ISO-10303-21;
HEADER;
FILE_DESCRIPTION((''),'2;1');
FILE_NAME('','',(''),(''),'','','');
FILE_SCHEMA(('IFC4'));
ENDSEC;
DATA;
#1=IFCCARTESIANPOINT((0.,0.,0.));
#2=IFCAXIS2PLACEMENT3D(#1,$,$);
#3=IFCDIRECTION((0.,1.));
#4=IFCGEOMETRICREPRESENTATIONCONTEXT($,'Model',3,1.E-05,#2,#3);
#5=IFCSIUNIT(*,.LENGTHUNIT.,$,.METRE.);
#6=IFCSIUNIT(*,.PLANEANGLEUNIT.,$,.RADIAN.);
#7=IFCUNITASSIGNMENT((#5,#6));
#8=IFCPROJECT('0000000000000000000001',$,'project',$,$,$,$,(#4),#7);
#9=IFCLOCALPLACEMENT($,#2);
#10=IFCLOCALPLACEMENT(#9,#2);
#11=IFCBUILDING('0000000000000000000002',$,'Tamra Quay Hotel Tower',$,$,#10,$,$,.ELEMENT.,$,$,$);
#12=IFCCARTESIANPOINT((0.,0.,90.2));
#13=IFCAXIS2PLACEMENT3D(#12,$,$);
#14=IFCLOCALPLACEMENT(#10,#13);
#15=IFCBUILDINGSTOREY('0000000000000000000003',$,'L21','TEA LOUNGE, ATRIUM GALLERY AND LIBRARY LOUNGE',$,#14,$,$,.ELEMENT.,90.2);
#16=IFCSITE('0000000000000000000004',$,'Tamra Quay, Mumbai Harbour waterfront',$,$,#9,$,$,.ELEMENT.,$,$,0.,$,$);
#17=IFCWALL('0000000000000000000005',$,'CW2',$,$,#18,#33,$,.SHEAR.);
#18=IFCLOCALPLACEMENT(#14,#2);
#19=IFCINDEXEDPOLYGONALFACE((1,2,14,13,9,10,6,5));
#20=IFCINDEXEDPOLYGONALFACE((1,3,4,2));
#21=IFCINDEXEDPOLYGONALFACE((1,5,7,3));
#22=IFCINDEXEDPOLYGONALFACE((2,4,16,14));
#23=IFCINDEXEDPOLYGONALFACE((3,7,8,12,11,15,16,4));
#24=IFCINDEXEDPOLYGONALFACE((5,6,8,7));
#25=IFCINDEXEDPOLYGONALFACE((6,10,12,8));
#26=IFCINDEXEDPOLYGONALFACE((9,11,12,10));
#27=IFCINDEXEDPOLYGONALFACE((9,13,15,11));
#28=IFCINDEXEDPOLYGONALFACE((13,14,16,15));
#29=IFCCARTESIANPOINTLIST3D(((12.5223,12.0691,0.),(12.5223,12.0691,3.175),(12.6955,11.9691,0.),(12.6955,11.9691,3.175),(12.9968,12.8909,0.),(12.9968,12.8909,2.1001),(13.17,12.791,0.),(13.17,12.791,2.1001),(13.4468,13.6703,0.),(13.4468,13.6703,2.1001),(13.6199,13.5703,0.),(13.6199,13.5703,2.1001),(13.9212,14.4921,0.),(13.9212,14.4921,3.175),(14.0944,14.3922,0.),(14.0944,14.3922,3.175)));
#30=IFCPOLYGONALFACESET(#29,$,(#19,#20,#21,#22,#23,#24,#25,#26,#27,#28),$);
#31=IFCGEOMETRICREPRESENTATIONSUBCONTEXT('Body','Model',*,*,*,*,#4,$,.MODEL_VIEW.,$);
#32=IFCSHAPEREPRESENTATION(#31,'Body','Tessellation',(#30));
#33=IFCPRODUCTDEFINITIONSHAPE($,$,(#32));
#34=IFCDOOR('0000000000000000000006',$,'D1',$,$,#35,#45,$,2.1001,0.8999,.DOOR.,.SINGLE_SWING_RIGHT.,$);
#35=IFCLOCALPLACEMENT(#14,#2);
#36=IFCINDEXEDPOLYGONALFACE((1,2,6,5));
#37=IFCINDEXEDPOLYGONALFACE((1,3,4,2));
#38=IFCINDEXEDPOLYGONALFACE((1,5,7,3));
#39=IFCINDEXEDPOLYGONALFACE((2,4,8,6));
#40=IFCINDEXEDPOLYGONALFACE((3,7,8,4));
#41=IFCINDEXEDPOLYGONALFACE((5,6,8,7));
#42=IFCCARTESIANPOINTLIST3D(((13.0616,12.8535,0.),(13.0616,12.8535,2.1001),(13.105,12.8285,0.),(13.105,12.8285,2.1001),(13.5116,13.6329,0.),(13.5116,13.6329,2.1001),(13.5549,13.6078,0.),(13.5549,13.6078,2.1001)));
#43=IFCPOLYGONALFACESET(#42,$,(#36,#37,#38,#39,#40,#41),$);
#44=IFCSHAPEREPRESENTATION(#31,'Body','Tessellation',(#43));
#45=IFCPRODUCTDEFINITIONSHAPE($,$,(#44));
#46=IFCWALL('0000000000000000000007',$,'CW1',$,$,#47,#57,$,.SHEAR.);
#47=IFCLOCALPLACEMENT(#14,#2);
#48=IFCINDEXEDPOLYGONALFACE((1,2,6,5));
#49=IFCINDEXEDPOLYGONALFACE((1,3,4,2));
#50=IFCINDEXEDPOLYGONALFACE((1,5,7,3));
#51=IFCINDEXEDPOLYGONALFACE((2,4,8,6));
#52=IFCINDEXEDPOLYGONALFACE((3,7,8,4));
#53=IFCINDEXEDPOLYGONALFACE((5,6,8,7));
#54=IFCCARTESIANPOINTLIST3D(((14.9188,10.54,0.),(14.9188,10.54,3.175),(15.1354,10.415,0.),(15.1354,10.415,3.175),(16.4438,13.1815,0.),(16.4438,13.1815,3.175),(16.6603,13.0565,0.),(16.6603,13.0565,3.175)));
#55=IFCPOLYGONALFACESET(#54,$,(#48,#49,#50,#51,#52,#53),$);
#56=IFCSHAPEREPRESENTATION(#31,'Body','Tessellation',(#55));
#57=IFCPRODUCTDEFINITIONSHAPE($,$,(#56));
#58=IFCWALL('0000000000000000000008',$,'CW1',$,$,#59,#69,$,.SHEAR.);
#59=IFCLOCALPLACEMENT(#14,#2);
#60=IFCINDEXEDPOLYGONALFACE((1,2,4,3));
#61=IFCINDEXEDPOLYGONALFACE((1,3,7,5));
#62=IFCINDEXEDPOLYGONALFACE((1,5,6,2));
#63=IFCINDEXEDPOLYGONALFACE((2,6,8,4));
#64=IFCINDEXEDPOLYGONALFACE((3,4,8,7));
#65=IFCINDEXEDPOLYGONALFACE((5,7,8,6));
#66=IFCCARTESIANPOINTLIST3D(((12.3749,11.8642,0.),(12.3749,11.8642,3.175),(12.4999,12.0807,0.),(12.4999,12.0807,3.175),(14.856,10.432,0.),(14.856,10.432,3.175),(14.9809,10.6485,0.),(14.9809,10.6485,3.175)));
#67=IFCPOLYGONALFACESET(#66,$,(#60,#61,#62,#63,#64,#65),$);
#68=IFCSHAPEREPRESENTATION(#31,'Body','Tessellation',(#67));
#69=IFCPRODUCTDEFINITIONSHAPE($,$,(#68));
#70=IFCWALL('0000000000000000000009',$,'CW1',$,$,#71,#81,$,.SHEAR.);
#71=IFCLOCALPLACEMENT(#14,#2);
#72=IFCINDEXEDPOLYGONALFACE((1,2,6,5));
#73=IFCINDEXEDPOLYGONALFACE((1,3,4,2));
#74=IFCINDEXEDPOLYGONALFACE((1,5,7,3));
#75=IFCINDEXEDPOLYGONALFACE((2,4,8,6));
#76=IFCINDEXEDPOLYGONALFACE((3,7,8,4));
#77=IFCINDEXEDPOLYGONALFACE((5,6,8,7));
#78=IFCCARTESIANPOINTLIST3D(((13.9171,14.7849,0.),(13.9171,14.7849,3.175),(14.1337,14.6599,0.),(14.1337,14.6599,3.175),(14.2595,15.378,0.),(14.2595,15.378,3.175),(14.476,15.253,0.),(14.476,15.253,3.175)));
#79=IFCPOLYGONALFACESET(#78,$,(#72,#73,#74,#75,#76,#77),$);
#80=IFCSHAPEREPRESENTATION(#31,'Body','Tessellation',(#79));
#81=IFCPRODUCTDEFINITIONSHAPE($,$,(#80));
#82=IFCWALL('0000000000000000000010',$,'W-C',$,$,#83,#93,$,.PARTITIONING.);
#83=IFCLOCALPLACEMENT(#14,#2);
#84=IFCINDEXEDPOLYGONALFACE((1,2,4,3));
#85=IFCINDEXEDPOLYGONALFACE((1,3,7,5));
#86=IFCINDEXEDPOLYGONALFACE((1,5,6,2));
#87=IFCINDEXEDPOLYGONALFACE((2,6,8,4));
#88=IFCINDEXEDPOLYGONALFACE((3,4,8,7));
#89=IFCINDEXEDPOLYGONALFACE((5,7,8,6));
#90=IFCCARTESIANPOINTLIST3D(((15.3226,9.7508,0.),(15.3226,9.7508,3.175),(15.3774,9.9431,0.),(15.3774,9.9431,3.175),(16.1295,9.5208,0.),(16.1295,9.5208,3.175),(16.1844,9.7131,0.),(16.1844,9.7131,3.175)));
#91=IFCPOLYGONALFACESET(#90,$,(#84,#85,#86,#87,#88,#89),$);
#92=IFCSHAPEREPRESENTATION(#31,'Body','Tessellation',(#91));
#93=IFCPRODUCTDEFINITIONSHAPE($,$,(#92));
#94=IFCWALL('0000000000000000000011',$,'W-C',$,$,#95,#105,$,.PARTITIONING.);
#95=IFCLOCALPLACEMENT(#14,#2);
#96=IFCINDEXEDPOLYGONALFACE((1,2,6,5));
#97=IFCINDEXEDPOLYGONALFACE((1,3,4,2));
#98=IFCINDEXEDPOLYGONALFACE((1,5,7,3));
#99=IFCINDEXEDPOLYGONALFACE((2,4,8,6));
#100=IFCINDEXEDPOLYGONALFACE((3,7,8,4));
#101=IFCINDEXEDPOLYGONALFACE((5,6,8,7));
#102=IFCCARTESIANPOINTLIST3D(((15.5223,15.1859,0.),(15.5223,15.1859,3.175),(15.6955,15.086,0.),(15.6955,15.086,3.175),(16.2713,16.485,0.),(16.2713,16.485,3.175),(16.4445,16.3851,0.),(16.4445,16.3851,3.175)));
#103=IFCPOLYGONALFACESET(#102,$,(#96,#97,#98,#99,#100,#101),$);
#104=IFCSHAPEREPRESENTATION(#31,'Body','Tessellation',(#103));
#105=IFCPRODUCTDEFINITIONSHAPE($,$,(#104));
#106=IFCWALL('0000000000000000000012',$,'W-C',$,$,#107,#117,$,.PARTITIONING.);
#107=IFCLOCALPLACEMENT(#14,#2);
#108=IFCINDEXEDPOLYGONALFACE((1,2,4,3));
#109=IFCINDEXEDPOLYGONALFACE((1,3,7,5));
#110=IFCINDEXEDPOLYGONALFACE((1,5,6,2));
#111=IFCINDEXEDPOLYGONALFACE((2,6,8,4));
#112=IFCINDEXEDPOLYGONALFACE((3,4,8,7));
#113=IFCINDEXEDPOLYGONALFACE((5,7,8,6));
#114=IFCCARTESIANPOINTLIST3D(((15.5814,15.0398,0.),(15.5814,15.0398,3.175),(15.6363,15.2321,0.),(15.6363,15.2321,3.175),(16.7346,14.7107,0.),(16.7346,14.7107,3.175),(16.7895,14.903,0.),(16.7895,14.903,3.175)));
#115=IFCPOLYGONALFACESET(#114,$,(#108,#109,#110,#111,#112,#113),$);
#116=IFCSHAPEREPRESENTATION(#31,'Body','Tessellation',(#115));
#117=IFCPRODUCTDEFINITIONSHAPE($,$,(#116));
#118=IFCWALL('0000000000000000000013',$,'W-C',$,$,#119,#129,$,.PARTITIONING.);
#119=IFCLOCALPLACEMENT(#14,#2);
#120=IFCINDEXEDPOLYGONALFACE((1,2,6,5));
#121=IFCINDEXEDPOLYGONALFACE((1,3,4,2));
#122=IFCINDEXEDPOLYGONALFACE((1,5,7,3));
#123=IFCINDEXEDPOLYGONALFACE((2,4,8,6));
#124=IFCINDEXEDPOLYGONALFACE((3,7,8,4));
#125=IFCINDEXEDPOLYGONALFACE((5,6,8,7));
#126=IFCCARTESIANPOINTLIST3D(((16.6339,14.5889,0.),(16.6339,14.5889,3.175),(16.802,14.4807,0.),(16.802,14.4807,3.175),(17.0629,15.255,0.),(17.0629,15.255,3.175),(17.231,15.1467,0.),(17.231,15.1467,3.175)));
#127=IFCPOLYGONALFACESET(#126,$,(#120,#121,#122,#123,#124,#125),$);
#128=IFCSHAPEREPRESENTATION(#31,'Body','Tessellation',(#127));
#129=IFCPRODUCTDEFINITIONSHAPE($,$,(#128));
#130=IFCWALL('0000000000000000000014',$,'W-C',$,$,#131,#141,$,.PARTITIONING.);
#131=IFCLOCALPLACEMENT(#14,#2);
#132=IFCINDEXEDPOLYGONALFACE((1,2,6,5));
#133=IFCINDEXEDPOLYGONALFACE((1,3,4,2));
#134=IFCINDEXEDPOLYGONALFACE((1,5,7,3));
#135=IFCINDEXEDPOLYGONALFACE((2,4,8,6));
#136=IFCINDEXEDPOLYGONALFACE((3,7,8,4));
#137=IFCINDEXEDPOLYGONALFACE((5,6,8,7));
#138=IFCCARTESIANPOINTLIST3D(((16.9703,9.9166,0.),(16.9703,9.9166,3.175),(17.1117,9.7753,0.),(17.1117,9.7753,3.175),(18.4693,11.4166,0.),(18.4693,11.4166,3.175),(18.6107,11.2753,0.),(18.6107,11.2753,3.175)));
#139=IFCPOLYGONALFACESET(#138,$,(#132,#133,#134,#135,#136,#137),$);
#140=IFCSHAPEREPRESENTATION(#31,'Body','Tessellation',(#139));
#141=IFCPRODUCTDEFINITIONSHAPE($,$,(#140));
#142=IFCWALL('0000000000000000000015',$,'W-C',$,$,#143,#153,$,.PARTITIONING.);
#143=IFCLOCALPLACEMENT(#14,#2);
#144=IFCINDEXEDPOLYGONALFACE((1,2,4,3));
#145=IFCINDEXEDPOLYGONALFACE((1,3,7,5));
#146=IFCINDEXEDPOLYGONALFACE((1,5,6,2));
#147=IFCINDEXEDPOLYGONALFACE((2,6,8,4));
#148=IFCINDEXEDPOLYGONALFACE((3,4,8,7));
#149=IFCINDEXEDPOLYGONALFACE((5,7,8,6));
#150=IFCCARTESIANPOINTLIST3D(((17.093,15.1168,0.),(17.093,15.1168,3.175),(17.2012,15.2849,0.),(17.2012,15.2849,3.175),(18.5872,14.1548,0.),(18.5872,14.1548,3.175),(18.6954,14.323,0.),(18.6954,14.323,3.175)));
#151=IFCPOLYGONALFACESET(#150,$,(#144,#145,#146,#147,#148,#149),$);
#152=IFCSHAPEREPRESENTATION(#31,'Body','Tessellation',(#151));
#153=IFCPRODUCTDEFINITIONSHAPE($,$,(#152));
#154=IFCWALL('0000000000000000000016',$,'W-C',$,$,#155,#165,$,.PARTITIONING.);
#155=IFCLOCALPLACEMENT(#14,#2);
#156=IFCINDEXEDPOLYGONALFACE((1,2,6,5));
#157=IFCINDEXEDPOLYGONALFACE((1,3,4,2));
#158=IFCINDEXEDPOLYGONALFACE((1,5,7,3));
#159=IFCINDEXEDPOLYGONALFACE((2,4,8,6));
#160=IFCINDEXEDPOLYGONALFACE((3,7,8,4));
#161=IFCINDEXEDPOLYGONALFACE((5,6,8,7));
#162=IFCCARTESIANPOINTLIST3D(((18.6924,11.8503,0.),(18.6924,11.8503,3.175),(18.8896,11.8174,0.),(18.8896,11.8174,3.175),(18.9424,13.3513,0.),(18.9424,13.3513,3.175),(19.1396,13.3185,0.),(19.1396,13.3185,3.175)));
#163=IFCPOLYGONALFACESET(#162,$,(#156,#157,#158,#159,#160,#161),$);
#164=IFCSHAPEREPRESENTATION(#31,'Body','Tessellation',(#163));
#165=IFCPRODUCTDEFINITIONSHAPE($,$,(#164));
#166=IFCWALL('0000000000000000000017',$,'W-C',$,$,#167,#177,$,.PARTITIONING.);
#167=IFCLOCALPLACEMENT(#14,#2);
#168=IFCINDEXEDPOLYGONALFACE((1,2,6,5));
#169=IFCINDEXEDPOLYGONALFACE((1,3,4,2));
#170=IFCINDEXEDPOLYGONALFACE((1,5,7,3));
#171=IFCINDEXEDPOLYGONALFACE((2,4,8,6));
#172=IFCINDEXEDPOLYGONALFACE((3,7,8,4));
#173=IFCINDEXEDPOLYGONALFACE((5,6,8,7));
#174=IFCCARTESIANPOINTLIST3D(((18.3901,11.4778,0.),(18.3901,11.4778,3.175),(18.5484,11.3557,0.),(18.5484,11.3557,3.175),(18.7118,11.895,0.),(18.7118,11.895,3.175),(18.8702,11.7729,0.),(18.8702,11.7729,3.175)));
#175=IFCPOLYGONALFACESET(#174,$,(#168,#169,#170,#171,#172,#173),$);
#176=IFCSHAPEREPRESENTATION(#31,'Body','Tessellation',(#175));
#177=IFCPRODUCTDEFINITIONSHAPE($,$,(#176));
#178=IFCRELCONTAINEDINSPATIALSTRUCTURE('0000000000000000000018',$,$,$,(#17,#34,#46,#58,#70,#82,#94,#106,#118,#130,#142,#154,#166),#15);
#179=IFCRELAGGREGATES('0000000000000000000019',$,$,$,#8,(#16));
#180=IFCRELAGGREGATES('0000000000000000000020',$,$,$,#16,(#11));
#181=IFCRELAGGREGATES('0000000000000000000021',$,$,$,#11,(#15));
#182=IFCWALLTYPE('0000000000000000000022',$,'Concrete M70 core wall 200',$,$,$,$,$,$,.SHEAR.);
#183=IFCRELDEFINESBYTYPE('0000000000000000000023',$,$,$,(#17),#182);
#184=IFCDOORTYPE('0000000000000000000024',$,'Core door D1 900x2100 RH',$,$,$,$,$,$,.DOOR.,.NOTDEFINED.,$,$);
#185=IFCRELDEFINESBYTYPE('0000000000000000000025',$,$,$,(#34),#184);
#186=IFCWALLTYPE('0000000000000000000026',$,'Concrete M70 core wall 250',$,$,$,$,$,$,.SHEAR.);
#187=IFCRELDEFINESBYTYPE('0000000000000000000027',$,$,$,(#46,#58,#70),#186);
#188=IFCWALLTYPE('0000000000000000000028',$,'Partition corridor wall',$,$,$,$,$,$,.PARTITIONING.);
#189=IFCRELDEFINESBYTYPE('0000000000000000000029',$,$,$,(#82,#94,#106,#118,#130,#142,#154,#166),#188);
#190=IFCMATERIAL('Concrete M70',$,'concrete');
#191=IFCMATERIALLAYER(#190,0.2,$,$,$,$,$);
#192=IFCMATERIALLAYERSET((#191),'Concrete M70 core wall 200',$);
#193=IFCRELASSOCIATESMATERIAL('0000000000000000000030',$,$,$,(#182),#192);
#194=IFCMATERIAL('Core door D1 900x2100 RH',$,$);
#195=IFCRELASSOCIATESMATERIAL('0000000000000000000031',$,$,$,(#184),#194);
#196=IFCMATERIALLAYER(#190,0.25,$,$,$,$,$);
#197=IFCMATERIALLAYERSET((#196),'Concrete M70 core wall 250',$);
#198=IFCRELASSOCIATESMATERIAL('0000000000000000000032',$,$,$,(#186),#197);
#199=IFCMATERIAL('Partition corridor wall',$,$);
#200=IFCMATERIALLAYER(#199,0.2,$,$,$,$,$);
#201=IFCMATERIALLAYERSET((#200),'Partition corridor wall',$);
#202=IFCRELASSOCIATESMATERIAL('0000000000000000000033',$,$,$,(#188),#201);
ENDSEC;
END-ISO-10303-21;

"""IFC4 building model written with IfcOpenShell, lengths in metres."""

from ifc_helpers import new_model, si_unit, direction, frame, frame_2d, origin, place, context, subcontext, project, spatial, rectangle, extrude, material, layer, layer_set, type_object, element, fill, save


model = new_model("IFC4")

# Units and contexts
model_context = context("Model", 3, precision=1e-05, world=origin(), true_north=direction((0.0, 1.0)))
body_context = subcontext(model_context, "Body", "Model", "MODEL_VIEW")
ifc_project = project(units=[si_unit("LENGTHUNIT", "METRE"), si_unit("PLANEANGLEUNIT", "RADIAN")], contexts=[model_context])

# Site, building, storey
site_placement = place(None, origin())
site = spatial("IfcSite", under=ifc_project, at=site_placement, Name="Tamra Quay, Mumbai Harbour waterfront", CompositionType="ELEMENT", RefElevation=0.0)
building_placement = place(site_placement, origin())
building = spatial("IfcBuilding", under=site, at=building_placement, Name="Tamra Quay Hotel Tower", CompositionType="ELEMENT")
storey_placement = place(building_placement, frame((0.0, 0.0, 90.2)))
storey = spatial("IfcBuildingStorey", under=building, at=storey_placement, Name="L21", Description="TEA LOUNGE, ATRIUM GALLERY AND LIBRARY LOUNGE", CompositionType="ELEMENT", Elevation=90.2)

# Shared definitions
ifc_material_1 = material(Name="Concrete M70", Category="concrete")

# Wall, opening, door
ifc_layer_1 = layer(ifc_material_1, 0.2)
ifc_layer_set_1 = layer_set([ifc_layer_1], Name="Concrete M70 core wall 200")
wall_type_1 = type_object("IfcWallType", Name="Concrete M70 core wall 200", PredefinedType="SHEAR", material=ifc_layer_set_1)
wall_1_placement = place(storey_placement, frame((14.0078, 14.4421, 0.0), z_axis=(0.0, 0.0, 1.0), x_axis=(-0.499987, -0.866033, 0.0)))
wall_1 = element("IfcWall", 1, at=wall_1_placement, inside=storey, type_object=wall_type_1, Name="CW2", PredefinedType="SHEAR", context=body_context, shape_type="SweptSolid", body=[
    extrude(rectangle(XDim=2.7979, YDim=0.2, at=frame_2d((1.3989, 0.0))), origin(), (0.0, 0.0, 1.0), 3.175),
])
opening_placement = place(wall_1_placement, frame((0.949, 0.0, 0.0)))
opening = element("IfcOpeningElement", 2, at=opening_placement, cuts=wall_1, PredefinedType="OPENING", context=body_context, shape_type="SweptSolid", body=[
    extrude(rectangle(XDim=0.8999, YDim=2.1001, at=frame_2d((0.45, 1.05))), frame((0.0, 0.1099, 0.0), z_axis=(0.0, -1.0, 0.0), x_axis=(1.0, 0.0, 0.0)), (0.0, 0.0, 1.0), 0.22),
])
ifc_material_2 = material(Name="Core door D1 900x2100 RH")
door_type = type_object("IfcDoorType", Name="Core door D1 900x2100 RH", OperationType="NOTDEFINED", PredefinedType="DOOR", material=ifc_material_2)
door_placement = place(opening_placement, origin())
door = element("IfcDoor", 3, at=door_placement, inside=storey, type_object=door_type, Name="D1", OperationType="SINGLE_SWING_RIGHT", OverallHeight=2.1001, OverallWidth=0.8999, PredefinedType="DOOR", context=body_context, shape_type="SweptSolid", body=[
    extrude(rectangle(XDim=0.8999, YDim=2.1001, at=frame_2d((0.45, 1.05))), frame((0.0, 0.0249, 0.0), z_axis=(0.0, -1.0, 0.0), x_axis=(1.0, 0.0, 0.0)), (0.0, 0.0, 1.0), 0.05),
])
fill(opening, door)

# Walls
ifc_layer_2 = layer(ifc_material_1, 0.25)
ifc_layer_set_2 = layer_set([ifc_layer_2], Name="Concrete M70 core wall 250")
wall_type_2 = type_object("IfcWallType", Name="Concrete M70 core wall 250", PredefinedType="SHEAR", material=ifc_layer_set_2)
wall_2_placement = place(storey_placement, frame((16.552, 13.1189, 0.0), z_axis=(0.0, 0.0, 1.0), x_axis=(-0.499979, -0.866038, 0.0)))
element("IfcWall", 4, at=wall_2_placement, inside=storey, type_object=wall_type_2, Name="CW1", PredefinedType="SHEAR", context=body_context, shape_type="SweptSolid", body=[
    extrude(rectangle(XDim=3.05, YDim=0.25, at=frame_2d((1.5249, 0.0))), origin(), (0.0, 0.0, 1.0), 3.175),
])
wall_3_placement = place(storey_placement, frame((14.9185, 10.5403, 0.0), z_axis=(0.0, 0.0, 1.0), x_axis=(-0.866064, 0.499934, 0.0)))
element("IfcWall", 5, at=wall_3_placement, inside=storey, type_object=wall_type_2, Name="CW1", PredefinedType="SHEAR", context=body_context, shape_type="SweptSolid", body=[
    extrude(rectangle(XDim=2.8647, YDim=0.25, at=frame_2d((1.4324, 0.0))), origin(), (0.0, 0.0, 1.0), 3.175),
])
wall_4_placement = place(storey_placement, frame((14.3677, 15.3154, 0.0), z_axis=(0.0, 0.0, 1.0), x_axis=(-0.499897, -0.866085, 0.0)))
element("IfcWall", 6, at=wall_4_placement, inside=storey, type_object=wall_type_2, Name="CW1", PredefinedType="SHEAR", context=body_context, shape_type="SweptSolid", body=[
    extrude(rectangle(XDim=0.6848, YDim=0.25, at=frame_2d((0.3423, 0.0))), origin(), (0.0, 0.0, 1.0), 3.175),
])
ifc_material_3 = material(Name="Partition corridor wall")
ifc_layer_3 = layer(ifc_material_3, 0.2)
ifc_layer_set_3 = layer_set([ifc_layer_3], Name="Partition corridor wall")
wall_type_3 = type_object("IfcWallType", Name="Partition corridor wall", PredefinedType="PARTITIONING", material=ifc_layer_set_3)
wall_5_placement = place(storey_placement, frame((15.3501, 9.8469, 0.0), z_axis=(0.0, 0.0, 1.0), x_axis=(0.961699, -0.274106, 0.0)))
element("IfcWall", 7, at=wall_5_placement, inside=storey, type_object=wall_type_3, Name="W-C", PredefinedType="PARTITIONING", context=body_context, shape_type="SweptSolid", body=[
    extrude(rectangle(XDim=0.8391, YDim=0.2, at=frame_2d((0.4194, 0.0))), origin(), (0.0, 0.0, 1.0), 3.175),
])
wall_6_placement = place(storey_placement, frame((15.6089, 15.136, 0.0), z_axis=(0.0, 0.0, 1.0), x_axis=(0.499502, 0.866313, 0.0)))
element("IfcWall", 8, at=wall_6_placement, inside=storey, type_object=wall_type_3, Name="W-C", PredefinedType="PARTITIONING", context=body_context, shape_type="SweptSolid", body=[
    extrude(rectangle(XDim=1.4995, YDim=0.2, at=frame_2d((0.7498, 0.0))), origin(), (0.0, 0.0, 1.0), 3.175),
])
wall_7_placement = place(storey_placement, frame((15.6089, 15.136, 0.0), z_axis=(0.0, 0.0, 1.0), x_axis=(0.961601, -0.274452, 0.0)))
element("IfcWall", 9, at=wall_7_placement, inside=storey, type_object=wall_type_3, Name="W-C", PredefinedType="PARTITIONING", context=body_context, shape_type="SweptSolid", body=[
    extrude(rectangle(XDim=1.1992, YDim=0.2, at=frame_2d((0.5996, 0.0))), origin(), (0.0, 0.0, 1.0), 3.175),
])
wall_8_placement = place(storey_placement, frame((16.718, 14.5349, 0.0), z_axis=(0.0, 0.0, 1.0), x_axis=(0.541474, 0.840718, 0.0)))
element("IfcWall", 10, at=wall_8_placement, inside=storey, type_object=wall_type_3, Name="W-C", PredefinedType="PARTITIONING", context=body_context, shape_type="SweptSolid", body=[
    extrude(rectangle(XDim=0.7922, YDim=0.2, at=frame_2d((0.396, 0.0))), origin(), (0.0, 0.0, 1.0), 3.175),
])
wall_9_placement = place(storey_placement, frame((17.041, 9.8459, 0.0), z_axis=(0.0, 0.0, 1.0), x_axis=(0.706876, 0.707337, 0.0)))
element("IfcWall", 11, at=wall_9_placement, inside=storey, type_object=wall_type_3, Name="W-C", PredefinedType="PARTITIONING", context=body_context, shape_type="SweptSolid", body=[
    extrude(rectangle(XDim=2.1206, YDim=0.2, at=frame_2d((1.0603, 0.0))), origin(), (0.0, 0.0, 1.0), 3.175),
])
wall_10_placement = place(storey_placement, frame((17.147, 15.2009, 0.0), z_axis=(0.0, 0.0, 1.0), x_axis=(0.840821, -0.541313, 0.0)))
element("IfcWall", 12, at=wall_10_placement, inside=storey, type_object=wall_type_3, Name="W-C", PredefinedType="PARTITIONING", context=body_context, shape_type="SweptSolid", body=[
    extrude(rectangle(XDim=1.7771, YDim=0.2, at=frame_2d((0.8887, 0.0))), origin(), (0.0, 0.0, 1.0), 3.175),
])
wall_11_placement = place(storey_placement, frame((18.791, 11.834, 0.0), z_axis=(0.0, 0.0, 1.0), x_axis=(0.164295, 0.986411, 0.0)))
element("IfcWall", 13, at=wall_11_placement, inside=storey, type_object=wall_type_3, Name="W-C", PredefinedType="PARTITIONING", context=body_context, shape_type="SweptSolid", body=[
    extrude(rectangle(XDim=1.5217, YDim=0.2, at=frame_2d((0.7607, 0.0))), origin(), (0.0, 0.0, 1.0), 3.175),
])
wall_12_placement = place(storey_placement, frame((18.791, 11.834, 0.0), z_axis=(0.0, 0.0, 1.0), x_axis=(-0.610696, -0.791865, 0.0)))
element("IfcWall", 14, at=wall_12_placement, inside=storey, type_object=wall_type_3, Name="W-C", PredefinedType="PARTITIONING", context=body_context, shape_type="SweptSolid", body=[
    extrude(rectangle(XDim=0.5269, YDim=0.2, at=frame_2d((0.2634, 0.0))), origin(), (0.0, 0.0, 1.0), 3.175),
])

save(model, "model.ifc")
